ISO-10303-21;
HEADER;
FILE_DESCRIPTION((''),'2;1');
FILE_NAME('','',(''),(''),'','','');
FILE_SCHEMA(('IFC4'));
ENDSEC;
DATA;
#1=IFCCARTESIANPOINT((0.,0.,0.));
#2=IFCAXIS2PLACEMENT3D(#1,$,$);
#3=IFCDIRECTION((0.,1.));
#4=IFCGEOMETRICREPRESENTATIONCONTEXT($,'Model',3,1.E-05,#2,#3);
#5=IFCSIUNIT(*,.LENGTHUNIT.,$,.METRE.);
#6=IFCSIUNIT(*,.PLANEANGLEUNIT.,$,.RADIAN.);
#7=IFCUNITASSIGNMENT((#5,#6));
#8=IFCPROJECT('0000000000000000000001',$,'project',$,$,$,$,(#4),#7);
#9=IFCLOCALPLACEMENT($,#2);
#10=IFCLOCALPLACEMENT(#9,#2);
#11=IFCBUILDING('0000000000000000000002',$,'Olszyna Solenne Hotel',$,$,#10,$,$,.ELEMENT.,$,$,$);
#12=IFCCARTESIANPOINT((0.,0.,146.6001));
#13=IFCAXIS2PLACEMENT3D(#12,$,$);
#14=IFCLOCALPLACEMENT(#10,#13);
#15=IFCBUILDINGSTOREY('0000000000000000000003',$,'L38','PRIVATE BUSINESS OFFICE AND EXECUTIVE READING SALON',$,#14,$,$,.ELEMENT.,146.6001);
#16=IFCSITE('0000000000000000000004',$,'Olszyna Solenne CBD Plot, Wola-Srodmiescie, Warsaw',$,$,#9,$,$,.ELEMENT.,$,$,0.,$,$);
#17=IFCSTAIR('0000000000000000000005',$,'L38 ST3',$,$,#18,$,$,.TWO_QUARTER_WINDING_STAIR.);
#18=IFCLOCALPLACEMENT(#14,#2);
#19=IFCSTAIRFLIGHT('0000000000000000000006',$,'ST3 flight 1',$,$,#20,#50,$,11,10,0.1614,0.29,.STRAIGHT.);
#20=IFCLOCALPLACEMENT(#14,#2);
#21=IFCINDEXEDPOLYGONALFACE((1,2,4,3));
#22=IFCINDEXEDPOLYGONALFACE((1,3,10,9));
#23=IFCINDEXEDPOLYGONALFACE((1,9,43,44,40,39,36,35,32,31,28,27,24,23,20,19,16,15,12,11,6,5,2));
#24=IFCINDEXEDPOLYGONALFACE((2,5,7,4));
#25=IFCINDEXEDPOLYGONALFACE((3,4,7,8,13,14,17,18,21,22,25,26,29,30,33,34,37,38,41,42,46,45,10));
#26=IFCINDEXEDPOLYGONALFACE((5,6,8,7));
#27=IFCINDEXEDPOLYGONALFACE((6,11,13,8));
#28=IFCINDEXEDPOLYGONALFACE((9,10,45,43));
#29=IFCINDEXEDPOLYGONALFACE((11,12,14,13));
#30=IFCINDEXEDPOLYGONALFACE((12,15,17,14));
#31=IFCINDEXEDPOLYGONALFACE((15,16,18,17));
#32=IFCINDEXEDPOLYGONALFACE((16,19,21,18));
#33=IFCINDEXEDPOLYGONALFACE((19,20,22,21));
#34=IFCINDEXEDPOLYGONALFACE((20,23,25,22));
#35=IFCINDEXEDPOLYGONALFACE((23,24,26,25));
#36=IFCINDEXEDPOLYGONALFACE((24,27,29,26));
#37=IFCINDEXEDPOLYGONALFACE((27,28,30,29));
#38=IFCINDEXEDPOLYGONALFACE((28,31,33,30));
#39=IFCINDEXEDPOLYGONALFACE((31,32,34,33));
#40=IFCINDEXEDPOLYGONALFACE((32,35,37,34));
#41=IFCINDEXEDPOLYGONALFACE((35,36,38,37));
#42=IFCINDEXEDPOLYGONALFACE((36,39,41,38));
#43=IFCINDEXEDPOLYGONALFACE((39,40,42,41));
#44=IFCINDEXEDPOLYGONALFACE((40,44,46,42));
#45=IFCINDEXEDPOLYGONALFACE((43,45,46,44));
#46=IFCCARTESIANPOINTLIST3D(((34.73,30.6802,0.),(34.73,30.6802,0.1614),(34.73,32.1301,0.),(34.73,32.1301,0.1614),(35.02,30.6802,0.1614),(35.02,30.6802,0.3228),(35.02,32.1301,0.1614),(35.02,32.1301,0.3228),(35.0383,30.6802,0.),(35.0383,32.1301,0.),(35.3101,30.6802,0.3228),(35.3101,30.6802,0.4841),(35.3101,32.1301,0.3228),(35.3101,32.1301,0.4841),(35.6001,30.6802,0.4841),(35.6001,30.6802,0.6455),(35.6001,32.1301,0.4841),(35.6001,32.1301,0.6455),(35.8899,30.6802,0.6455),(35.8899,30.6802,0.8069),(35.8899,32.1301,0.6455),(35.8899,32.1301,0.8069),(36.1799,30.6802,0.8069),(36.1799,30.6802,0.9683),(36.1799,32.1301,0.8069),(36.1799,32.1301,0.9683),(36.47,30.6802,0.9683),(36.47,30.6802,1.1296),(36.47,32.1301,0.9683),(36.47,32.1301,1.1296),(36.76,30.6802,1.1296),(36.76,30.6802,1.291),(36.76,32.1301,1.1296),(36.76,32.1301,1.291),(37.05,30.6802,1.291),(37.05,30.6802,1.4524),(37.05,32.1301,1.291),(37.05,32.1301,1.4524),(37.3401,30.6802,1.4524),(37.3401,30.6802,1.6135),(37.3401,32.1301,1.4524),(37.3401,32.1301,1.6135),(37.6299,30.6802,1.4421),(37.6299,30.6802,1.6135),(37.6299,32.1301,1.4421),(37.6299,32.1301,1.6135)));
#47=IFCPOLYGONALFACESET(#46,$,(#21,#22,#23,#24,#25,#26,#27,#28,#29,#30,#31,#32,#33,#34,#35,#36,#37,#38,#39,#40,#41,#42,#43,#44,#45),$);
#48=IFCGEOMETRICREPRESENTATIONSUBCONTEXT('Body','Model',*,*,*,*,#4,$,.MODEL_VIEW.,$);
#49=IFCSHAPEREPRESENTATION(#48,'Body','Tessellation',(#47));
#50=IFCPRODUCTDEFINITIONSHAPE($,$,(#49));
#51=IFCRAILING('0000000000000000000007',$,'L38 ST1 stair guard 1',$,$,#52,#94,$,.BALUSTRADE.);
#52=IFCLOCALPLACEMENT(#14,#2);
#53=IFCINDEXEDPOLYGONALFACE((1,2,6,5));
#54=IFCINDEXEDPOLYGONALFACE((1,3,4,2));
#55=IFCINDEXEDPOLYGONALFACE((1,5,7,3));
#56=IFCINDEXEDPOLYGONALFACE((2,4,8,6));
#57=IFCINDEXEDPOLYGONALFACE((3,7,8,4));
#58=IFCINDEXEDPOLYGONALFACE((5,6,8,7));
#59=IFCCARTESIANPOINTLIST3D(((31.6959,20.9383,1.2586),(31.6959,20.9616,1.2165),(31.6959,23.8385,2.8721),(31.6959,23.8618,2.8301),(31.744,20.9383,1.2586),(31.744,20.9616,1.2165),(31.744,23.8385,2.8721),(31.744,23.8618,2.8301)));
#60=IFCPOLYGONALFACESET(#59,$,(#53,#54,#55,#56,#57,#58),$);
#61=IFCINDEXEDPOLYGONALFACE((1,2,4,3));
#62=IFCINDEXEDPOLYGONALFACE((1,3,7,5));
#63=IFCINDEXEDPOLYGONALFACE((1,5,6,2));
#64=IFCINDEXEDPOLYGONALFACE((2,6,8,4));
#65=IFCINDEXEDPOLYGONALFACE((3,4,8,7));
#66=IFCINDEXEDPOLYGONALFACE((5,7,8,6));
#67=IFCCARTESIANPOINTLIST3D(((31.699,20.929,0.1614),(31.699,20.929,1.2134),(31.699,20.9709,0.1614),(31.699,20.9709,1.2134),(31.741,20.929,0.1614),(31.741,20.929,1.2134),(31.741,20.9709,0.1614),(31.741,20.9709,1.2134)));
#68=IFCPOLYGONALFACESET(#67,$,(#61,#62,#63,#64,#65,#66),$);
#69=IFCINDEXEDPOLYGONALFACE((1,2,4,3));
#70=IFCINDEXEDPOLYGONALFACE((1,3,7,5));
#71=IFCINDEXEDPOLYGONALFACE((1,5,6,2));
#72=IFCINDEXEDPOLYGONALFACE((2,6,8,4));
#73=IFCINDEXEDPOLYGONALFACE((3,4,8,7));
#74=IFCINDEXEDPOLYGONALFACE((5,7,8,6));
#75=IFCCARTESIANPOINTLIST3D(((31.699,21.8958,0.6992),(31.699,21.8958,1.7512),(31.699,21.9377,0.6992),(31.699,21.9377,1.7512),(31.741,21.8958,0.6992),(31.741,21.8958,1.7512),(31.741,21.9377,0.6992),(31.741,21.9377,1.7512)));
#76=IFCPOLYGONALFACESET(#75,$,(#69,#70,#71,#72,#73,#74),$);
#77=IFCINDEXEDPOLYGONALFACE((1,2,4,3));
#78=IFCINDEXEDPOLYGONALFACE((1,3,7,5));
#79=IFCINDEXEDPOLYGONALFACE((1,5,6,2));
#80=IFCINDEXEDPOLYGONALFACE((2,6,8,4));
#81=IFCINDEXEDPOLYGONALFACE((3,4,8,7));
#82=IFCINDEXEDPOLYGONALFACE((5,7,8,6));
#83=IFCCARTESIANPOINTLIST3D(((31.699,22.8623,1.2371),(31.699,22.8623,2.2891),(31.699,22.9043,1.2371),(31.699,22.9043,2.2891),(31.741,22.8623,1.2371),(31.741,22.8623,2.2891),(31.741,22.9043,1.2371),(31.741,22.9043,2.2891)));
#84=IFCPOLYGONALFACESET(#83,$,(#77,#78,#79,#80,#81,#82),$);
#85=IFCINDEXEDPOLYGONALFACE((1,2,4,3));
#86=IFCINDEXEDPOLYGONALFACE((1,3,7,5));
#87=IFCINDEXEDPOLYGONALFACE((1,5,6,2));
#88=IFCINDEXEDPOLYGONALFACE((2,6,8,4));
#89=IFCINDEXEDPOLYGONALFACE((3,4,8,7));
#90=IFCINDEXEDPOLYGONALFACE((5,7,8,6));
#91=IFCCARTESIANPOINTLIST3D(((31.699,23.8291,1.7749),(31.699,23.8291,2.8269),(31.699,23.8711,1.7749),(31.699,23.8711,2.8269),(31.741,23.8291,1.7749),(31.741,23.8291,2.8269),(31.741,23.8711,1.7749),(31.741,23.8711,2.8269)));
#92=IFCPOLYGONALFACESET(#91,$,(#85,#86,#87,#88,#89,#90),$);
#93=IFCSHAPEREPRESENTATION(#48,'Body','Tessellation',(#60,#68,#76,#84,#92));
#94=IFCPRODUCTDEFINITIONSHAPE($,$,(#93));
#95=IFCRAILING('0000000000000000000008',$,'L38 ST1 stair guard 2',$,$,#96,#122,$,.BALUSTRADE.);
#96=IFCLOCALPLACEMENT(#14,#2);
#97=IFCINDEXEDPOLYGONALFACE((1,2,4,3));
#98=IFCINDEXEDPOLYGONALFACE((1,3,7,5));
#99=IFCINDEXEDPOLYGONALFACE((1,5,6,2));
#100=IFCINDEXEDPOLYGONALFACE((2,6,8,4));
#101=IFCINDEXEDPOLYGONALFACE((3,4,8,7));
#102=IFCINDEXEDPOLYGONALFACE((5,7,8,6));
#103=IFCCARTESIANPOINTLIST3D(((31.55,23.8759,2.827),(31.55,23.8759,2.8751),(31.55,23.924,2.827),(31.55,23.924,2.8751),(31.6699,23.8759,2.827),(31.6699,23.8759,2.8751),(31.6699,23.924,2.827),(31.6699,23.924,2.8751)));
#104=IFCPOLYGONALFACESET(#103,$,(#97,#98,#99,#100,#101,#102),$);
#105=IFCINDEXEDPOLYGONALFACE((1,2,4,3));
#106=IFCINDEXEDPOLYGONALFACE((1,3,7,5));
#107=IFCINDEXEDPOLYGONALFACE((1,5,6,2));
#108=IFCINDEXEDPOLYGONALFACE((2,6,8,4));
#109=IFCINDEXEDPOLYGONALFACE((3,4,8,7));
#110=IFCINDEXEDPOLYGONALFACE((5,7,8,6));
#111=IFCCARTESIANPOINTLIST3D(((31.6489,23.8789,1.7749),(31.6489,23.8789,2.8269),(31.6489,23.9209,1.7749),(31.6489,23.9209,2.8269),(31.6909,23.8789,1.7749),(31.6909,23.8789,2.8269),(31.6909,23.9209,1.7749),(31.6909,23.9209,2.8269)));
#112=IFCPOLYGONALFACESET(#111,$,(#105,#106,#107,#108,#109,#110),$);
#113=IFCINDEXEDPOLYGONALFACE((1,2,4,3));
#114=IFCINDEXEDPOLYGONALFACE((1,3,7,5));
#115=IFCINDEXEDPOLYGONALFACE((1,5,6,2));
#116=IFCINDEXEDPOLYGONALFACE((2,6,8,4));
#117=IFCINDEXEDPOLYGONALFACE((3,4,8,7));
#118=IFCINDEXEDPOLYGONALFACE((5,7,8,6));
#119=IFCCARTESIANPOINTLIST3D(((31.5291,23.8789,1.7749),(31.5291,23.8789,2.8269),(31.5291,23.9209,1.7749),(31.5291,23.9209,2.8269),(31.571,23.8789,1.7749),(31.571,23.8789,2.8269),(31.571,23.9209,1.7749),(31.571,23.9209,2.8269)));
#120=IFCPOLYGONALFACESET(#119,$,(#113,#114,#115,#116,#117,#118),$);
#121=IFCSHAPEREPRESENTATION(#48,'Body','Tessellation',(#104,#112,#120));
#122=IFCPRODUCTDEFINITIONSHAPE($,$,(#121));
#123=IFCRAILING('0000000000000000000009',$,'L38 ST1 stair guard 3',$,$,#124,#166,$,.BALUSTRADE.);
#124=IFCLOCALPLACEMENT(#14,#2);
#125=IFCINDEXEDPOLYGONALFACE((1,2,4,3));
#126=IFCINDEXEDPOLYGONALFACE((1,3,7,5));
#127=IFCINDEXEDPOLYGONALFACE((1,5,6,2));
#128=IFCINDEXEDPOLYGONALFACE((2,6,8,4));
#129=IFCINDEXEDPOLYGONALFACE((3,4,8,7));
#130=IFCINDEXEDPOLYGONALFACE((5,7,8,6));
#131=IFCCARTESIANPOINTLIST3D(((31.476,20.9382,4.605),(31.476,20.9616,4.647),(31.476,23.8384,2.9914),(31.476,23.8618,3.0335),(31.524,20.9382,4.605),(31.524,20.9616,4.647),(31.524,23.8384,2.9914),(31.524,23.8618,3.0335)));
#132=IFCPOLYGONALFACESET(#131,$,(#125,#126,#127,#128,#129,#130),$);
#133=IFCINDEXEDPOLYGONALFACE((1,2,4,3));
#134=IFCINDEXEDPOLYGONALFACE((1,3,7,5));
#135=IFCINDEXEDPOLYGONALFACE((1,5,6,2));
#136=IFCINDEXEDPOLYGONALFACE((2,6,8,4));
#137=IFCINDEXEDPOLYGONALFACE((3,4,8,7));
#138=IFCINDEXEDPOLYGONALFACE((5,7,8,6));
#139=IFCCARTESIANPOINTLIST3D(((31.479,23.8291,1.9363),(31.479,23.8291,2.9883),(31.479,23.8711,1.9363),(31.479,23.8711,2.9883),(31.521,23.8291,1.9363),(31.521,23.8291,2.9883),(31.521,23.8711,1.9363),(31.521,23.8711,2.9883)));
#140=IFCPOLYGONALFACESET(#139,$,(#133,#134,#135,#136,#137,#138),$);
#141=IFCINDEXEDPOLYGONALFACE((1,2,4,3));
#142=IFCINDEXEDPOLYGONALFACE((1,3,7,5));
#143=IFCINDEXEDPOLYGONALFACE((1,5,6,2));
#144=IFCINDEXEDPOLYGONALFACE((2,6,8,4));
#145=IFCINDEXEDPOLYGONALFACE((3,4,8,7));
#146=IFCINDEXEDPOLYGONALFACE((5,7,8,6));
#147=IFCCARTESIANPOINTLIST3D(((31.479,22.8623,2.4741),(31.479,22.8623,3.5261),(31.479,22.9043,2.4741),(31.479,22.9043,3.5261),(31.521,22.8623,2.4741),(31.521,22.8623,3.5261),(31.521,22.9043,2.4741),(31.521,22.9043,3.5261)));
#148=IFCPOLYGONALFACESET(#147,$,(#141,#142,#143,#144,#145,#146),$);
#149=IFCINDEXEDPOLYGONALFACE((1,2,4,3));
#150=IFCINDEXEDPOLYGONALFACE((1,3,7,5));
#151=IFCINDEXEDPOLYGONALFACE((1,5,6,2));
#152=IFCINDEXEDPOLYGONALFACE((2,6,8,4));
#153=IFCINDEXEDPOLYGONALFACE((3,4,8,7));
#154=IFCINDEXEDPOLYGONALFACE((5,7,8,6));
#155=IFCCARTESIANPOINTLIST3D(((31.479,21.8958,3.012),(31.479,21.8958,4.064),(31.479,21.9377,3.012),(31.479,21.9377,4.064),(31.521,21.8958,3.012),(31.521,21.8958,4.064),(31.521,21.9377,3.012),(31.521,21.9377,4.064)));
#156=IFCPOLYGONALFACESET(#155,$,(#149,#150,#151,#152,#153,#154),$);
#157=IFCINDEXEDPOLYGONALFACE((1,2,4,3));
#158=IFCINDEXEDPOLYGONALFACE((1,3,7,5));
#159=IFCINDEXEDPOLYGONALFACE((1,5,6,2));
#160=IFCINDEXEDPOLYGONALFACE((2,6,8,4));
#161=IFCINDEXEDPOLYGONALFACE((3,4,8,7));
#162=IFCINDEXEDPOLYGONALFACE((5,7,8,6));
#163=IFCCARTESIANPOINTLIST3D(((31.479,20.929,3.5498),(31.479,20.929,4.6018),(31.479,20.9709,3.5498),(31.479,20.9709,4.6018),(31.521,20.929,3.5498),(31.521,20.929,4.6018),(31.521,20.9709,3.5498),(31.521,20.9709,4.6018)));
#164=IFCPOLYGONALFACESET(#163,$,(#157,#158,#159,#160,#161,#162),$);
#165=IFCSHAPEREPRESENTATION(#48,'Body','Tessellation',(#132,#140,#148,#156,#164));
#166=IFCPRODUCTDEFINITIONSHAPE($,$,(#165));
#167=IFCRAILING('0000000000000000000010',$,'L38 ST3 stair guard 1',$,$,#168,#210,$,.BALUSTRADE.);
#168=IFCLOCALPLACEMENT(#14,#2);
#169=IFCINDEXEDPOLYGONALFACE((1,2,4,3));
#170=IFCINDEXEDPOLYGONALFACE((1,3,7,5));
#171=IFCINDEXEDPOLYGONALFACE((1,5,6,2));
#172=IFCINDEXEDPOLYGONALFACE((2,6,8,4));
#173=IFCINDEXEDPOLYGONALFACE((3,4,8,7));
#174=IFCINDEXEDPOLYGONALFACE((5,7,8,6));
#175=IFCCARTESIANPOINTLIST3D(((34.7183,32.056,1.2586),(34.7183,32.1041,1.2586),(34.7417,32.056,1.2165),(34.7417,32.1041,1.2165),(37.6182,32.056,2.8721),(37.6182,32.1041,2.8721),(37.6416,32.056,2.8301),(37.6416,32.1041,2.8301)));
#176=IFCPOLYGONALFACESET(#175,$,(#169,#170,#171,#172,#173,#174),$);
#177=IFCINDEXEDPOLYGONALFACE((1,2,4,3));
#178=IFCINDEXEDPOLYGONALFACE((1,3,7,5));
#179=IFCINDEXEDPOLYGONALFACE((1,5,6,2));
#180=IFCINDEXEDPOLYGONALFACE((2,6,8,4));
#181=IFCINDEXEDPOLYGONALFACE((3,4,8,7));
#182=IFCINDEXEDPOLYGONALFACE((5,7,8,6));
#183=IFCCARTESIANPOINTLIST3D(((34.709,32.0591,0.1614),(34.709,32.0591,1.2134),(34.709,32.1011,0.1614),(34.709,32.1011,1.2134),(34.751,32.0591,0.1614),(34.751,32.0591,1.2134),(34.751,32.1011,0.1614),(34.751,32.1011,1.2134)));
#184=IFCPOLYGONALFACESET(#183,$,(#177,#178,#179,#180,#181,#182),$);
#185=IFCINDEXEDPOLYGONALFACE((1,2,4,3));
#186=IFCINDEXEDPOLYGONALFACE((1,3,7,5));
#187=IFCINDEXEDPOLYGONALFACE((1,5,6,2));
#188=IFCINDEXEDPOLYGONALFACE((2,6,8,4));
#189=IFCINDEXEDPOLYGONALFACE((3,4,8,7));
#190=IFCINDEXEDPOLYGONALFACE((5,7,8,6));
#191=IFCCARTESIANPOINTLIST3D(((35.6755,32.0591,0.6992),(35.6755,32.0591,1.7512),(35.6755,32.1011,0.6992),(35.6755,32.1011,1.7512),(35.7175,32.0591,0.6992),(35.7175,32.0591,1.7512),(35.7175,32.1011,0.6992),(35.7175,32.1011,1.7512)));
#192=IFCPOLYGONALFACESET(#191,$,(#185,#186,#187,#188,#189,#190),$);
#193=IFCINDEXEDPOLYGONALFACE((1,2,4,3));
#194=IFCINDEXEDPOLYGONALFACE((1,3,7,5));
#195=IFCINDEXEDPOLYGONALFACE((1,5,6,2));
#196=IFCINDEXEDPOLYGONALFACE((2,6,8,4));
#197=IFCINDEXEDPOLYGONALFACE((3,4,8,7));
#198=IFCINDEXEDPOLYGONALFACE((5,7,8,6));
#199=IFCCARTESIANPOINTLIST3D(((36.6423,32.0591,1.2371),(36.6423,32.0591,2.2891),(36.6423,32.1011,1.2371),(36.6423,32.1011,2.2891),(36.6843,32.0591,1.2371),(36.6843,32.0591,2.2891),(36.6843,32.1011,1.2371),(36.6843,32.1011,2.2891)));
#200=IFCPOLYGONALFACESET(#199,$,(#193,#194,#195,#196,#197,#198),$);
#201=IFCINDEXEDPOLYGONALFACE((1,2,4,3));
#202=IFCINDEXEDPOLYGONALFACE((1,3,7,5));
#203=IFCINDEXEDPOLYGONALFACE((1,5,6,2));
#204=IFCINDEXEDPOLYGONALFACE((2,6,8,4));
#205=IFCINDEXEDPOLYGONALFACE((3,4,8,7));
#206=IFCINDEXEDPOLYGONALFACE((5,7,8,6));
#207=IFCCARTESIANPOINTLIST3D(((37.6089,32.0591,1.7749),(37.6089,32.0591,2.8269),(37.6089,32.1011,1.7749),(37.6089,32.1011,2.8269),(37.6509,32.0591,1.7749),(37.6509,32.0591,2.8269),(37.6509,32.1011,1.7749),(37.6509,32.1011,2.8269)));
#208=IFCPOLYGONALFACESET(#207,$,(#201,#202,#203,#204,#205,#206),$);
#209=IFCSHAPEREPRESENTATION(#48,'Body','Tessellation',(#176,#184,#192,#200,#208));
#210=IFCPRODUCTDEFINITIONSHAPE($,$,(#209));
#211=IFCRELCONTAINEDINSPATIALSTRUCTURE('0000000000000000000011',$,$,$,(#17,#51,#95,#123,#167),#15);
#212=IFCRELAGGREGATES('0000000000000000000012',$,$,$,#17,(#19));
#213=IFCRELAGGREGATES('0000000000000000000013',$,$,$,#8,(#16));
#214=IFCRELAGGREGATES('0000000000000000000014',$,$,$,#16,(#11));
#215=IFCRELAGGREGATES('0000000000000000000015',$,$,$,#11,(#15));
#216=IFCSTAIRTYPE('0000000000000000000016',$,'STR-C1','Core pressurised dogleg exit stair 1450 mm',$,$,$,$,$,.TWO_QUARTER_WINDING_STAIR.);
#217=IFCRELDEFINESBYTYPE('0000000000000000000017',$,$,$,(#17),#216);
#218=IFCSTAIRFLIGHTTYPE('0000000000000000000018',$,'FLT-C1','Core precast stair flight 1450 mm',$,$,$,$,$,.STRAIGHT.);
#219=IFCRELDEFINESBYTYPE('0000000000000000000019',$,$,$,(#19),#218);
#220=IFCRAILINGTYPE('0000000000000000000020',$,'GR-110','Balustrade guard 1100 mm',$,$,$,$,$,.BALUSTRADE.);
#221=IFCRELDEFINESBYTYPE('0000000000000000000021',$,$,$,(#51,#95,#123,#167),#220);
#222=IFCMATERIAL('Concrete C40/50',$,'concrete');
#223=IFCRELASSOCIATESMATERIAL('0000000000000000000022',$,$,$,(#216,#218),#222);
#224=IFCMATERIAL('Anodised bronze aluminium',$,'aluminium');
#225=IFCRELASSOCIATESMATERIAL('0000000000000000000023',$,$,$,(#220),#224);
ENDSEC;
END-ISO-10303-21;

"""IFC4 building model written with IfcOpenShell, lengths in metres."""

from ifc_helpers import new_model, si_unit, direction, frame, origin, origin_2d, place, context, subcontext, project, spatial, polyline, rectangle, outline, extrude, material, type_object, element, aggregate, save


model = new_model("IFC4")

# Units and contexts
model_context = context("Model", 3, precision=1e-05, world=origin(), true_north=direction((0.0, 1.0)))
body_context = subcontext(model_context, "Body", "Model", "MODEL_VIEW")
ifc_project = project(units=[si_unit("LENGTHUNIT", "METRE"), si_unit("PLANEANGLEUNIT", "RADIAN")], contexts=[model_context])

# Site, building, storey
site_placement = place(None, origin())
site = spatial("IfcSite", under=ifc_project, at=site_placement, Name="Olszyna Solenne CBD Plot, Wola-Srodmiescie, Warsaw", CompositionType="ELEMENT", RefElevation=0.0)
building_placement = place(site_placement, origin())
building = spatial("IfcBuilding", under=site, at=building_placement, Name="Olszyna Solenne Hotel", CompositionType="ELEMENT")
storey_placement = place(building_placement, frame((0.0, 0.0, 146.6001)))
storey = spatial("IfcBuildingStorey", under=building, at=storey_placement, Name="L38", Description="PRIVATE BUSINESS OFFICE AND EXECUTIVE READING SALON", CompositionType="ELEMENT", Elevation=146.6001)

# Shared definitions
ifc_material_1 = material(Name="Concrete C40/50", Category="concrete")
stair_type = type_object("IfcStairType", Name="STR-C1", Description="Core pressurised dogleg exit stair 1450 mm", PredefinedType="TWO_QUARTER_WINDING_STAIR", material=ifc_material_1)
stair_flight_type = type_object("IfcStairFlightType", Name="FLT-C1", Description="Core precast stair flight 1450 mm", PredefinedType="STRAIGHT", material=ifc_material_1)

# Stair, stair flight
stair_1_placement = place(storey_placement, origin())
stair_1 = element("IfcStair", 1, at=stair_1_placement, inside=storey, type_object=stair_type, Name="L38 ST3", PredefinedType="TWO_QUARTER_WINDING_STAIR")
stair_flight_1_placement = place(storey_placement, frame((34.73, 31.405, 0.0), z_axis=(0.0, 0.0, 1.0), x_axis=(1.0, 0.0, 0.0)))
stair_flight_1 = element("IfcStairFlight", 2, at=stair_flight_1_placement, type_object=stair_flight_type, Name="ST3 flight 1", NumberOfRisers=11, NumberOfTreads=10, PredefinedType="STRAIGHT", RiserHeight=0.1614, TreadLength=0.29, context=body_context, shape_type="SweptSolid", body=[
    extrude(outline(polyline([(0.0, 0.0), (0.0, 0.1614), (0.29, 0.1614), (0.29, 0.3228), (0.5801, 0.3228), (0.5801, 0.4841), (0.8701, 0.4841), (0.8701, 0.6455), (1.1599, 0.6455), (1.1599, 0.8069), (1.45, 0.8069), (1.45, 0.9683), (1.74, 0.9683), (1.74, 1.1296), (2.03, 1.1296), (2.03, 1.291), (2.3201, 1.291), (2.3201, 1.4524), (2.6101, 1.4524), (2.6101, 1.6135), (2.8999, 1.6135), (2.8999, 1.7749), (2.8999, 1.4421), (0.3083, 0.0), (0.0, 0.0)])), frame((0.0, 0.7251, 0.0), z_axis=(0.0, -1.0, 0.0), x_axis=(1.0, 0.0, 0.0)), (0.0, 0.0, 1.0), 1.45),
])
aggregate(stair_1, [stair_flight_1])

# Railings
ifc_material_2 = material(Name="Anodised bronze aluminium", Category="aluminium")
railing_type_1 = type_object("IfcRailingType", Name="GR-110", Description="Balustrade guard 1100 mm", PredefinedType="BALUSTRADE", material=ifc_material_2)
railing_1_placement = place(storey_placement, frame((31.72, 20.95, 0.1614)))
element("IfcRailing", 3, at=railing_1_placement, inside=storey, type_object=railing_type_1, Name="L38 ST1 stair guard 1", PredefinedType="BALUSTRADE", context=body_context, shape_type="SweptSolid", body=[
    extrude(rectangle(XDim=0.0481, YDim=0.0481, at=origin_2d()), frame((0.0, 0.0, 1.0762), z_axis=(0.0, 0.873859, 0.48618), x_axis=(-1.0, 0.0, 0.0)), (0.0, 0.0, 1.0), 3.3188),
    extrude(rectangle(XDim=0.042, YDim=0.042, at=origin_2d()), origin(), (0.0, 0.0, 1.0), 1.052),
    extrude(rectangle(XDim=0.042, YDim=0.042, at=origin_2d()), frame((0.0, 0.9668, 0.5378)), (0.0, 0.0, 1.0), 1.052),
    extrude(rectangle(XDim=0.042, YDim=0.042, at=origin_2d()), frame((0.0, 1.9333, 1.0757)), (0.0, 0.0, 1.0), 1.052),
    extrude(rectangle(XDim=0.042, YDim=0.042, at=origin_2d()), frame((0.0, 2.9001, 1.6135)), (0.0, 0.0, 1.0), 1.052),
])
railing_2_placement = place(storey_placement, frame((31.6699, 23.8999, 1.7749)))
element("IfcRailing", 4, at=railing_2_placement, inside=storey, type_object=railing_type_1, Name="L38 ST1 stair guard 2", PredefinedType="BALUSTRADE", context=body_context, shape_type="SweptSolid", body=[
    extrude(rectangle(XDim=0.0481, YDim=0.0481, at=origin_2d()), frame((0.0, 0.0, 1.0762), z_axis=(-1.0, 0.0, 0.0), x_axis=(0.0, -1.0, 0.0)), (0.0, 0.0, 1.0), 0.1199),
    extrude(rectangle(XDim=0.042, YDim=0.042, at=origin_2d()), origin(), (0.0, 0.0, 1.0), 1.052),
    extrude(rectangle(XDim=0.042, YDim=0.042, at=origin_2d()), frame((-0.1199, 0.0, 0.0)), (0.0, 0.0, 1.0), 1.052),
])
railing_3_placement = place(storey_placement, frame((31.5, 23.8501, 1.9363)))
element("IfcRailing", 5, at=railing_3_placement, inside=storey, type_object=railing_type_1, Name="L38 ST1 stair guard 3", PredefinedType="BALUSTRADE", context=body_context, shape_type="SweptSolid", body=[
    extrude(rectangle(XDim=0.0481, YDim=0.0481, at=origin_2d()), frame((0.0, 0.0, 1.0762), z_axis=(0.0, -0.873859, 0.48618), x_axis=(1.0, 0.0, 0.0)), (0.0, 0.0, 1.0), 3.3188),
    extrude(rectangle(XDim=0.042, YDim=0.042, at=origin_2d()), origin(), (0.0, 0.0, 1.0), 1.052),
    extrude(rectangle(XDim=0.042, YDim=0.042, at=origin_2d()), frame((0.0, -0.9668, 0.5378)), (0.0, 0.0, 1.0), 1.052),
    extrude(rectangle(XDim=0.042, YDim=0.042, at=origin_2d()), frame((0.0, -1.9333, 1.0757)), (0.0, 0.0, 1.0), 1.052),
    extrude(rectangle(XDim=0.042, YDim=0.042, at=origin_2d()), frame((0.0, -2.9001, 1.6135)), (0.0, 0.0, 1.0), 1.052),
])
railing_4_placement = place(storey_placement, frame((34.73, 32.0801, 0.1614)))
element("IfcRailing", 6, at=railing_4_placement, inside=storey, type_object=railing_type_1, Name="L38 ST3 stair guard 1", PredefinedType="BALUSTRADE", context=body_context, shape_type="SweptSolid", body=[
    extrude(rectangle(XDim=0.0481, YDim=0.0481, at=origin_2d()), frame((0.0, 0.0, 1.0762), z_axis=(0.873841, 0.0, 0.486211), x_axis=(0.0, 1.0, 0.0)), (0.0, 0.0, 1.0), 3.3186),
    extrude(rectangle(XDim=0.042, YDim=0.042, at=origin_2d()), origin(), (0.0, 0.0, 1.0), 1.052),
    extrude(rectangle(XDim=0.042, YDim=0.042, at=origin_2d()), frame((0.9666, 0.0, 0.5378)), (0.0, 0.0, 1.0), 1.052),
    extrude(rectangle(XDim=0.042, YDim=0.042, at=origin_2d()), frame((1.9333, 0.0, 1.0757)), (0.0, 0.0, 1.0), 1.052),
    extrude(rectangle(XDim=0.042, YDim=0.042, at=origin_2d()), frame((2.8999, 0.0, 1.6135)), (0.0, 0.0, 1.0), 1.052),
])

save(model, "model.ifc")
